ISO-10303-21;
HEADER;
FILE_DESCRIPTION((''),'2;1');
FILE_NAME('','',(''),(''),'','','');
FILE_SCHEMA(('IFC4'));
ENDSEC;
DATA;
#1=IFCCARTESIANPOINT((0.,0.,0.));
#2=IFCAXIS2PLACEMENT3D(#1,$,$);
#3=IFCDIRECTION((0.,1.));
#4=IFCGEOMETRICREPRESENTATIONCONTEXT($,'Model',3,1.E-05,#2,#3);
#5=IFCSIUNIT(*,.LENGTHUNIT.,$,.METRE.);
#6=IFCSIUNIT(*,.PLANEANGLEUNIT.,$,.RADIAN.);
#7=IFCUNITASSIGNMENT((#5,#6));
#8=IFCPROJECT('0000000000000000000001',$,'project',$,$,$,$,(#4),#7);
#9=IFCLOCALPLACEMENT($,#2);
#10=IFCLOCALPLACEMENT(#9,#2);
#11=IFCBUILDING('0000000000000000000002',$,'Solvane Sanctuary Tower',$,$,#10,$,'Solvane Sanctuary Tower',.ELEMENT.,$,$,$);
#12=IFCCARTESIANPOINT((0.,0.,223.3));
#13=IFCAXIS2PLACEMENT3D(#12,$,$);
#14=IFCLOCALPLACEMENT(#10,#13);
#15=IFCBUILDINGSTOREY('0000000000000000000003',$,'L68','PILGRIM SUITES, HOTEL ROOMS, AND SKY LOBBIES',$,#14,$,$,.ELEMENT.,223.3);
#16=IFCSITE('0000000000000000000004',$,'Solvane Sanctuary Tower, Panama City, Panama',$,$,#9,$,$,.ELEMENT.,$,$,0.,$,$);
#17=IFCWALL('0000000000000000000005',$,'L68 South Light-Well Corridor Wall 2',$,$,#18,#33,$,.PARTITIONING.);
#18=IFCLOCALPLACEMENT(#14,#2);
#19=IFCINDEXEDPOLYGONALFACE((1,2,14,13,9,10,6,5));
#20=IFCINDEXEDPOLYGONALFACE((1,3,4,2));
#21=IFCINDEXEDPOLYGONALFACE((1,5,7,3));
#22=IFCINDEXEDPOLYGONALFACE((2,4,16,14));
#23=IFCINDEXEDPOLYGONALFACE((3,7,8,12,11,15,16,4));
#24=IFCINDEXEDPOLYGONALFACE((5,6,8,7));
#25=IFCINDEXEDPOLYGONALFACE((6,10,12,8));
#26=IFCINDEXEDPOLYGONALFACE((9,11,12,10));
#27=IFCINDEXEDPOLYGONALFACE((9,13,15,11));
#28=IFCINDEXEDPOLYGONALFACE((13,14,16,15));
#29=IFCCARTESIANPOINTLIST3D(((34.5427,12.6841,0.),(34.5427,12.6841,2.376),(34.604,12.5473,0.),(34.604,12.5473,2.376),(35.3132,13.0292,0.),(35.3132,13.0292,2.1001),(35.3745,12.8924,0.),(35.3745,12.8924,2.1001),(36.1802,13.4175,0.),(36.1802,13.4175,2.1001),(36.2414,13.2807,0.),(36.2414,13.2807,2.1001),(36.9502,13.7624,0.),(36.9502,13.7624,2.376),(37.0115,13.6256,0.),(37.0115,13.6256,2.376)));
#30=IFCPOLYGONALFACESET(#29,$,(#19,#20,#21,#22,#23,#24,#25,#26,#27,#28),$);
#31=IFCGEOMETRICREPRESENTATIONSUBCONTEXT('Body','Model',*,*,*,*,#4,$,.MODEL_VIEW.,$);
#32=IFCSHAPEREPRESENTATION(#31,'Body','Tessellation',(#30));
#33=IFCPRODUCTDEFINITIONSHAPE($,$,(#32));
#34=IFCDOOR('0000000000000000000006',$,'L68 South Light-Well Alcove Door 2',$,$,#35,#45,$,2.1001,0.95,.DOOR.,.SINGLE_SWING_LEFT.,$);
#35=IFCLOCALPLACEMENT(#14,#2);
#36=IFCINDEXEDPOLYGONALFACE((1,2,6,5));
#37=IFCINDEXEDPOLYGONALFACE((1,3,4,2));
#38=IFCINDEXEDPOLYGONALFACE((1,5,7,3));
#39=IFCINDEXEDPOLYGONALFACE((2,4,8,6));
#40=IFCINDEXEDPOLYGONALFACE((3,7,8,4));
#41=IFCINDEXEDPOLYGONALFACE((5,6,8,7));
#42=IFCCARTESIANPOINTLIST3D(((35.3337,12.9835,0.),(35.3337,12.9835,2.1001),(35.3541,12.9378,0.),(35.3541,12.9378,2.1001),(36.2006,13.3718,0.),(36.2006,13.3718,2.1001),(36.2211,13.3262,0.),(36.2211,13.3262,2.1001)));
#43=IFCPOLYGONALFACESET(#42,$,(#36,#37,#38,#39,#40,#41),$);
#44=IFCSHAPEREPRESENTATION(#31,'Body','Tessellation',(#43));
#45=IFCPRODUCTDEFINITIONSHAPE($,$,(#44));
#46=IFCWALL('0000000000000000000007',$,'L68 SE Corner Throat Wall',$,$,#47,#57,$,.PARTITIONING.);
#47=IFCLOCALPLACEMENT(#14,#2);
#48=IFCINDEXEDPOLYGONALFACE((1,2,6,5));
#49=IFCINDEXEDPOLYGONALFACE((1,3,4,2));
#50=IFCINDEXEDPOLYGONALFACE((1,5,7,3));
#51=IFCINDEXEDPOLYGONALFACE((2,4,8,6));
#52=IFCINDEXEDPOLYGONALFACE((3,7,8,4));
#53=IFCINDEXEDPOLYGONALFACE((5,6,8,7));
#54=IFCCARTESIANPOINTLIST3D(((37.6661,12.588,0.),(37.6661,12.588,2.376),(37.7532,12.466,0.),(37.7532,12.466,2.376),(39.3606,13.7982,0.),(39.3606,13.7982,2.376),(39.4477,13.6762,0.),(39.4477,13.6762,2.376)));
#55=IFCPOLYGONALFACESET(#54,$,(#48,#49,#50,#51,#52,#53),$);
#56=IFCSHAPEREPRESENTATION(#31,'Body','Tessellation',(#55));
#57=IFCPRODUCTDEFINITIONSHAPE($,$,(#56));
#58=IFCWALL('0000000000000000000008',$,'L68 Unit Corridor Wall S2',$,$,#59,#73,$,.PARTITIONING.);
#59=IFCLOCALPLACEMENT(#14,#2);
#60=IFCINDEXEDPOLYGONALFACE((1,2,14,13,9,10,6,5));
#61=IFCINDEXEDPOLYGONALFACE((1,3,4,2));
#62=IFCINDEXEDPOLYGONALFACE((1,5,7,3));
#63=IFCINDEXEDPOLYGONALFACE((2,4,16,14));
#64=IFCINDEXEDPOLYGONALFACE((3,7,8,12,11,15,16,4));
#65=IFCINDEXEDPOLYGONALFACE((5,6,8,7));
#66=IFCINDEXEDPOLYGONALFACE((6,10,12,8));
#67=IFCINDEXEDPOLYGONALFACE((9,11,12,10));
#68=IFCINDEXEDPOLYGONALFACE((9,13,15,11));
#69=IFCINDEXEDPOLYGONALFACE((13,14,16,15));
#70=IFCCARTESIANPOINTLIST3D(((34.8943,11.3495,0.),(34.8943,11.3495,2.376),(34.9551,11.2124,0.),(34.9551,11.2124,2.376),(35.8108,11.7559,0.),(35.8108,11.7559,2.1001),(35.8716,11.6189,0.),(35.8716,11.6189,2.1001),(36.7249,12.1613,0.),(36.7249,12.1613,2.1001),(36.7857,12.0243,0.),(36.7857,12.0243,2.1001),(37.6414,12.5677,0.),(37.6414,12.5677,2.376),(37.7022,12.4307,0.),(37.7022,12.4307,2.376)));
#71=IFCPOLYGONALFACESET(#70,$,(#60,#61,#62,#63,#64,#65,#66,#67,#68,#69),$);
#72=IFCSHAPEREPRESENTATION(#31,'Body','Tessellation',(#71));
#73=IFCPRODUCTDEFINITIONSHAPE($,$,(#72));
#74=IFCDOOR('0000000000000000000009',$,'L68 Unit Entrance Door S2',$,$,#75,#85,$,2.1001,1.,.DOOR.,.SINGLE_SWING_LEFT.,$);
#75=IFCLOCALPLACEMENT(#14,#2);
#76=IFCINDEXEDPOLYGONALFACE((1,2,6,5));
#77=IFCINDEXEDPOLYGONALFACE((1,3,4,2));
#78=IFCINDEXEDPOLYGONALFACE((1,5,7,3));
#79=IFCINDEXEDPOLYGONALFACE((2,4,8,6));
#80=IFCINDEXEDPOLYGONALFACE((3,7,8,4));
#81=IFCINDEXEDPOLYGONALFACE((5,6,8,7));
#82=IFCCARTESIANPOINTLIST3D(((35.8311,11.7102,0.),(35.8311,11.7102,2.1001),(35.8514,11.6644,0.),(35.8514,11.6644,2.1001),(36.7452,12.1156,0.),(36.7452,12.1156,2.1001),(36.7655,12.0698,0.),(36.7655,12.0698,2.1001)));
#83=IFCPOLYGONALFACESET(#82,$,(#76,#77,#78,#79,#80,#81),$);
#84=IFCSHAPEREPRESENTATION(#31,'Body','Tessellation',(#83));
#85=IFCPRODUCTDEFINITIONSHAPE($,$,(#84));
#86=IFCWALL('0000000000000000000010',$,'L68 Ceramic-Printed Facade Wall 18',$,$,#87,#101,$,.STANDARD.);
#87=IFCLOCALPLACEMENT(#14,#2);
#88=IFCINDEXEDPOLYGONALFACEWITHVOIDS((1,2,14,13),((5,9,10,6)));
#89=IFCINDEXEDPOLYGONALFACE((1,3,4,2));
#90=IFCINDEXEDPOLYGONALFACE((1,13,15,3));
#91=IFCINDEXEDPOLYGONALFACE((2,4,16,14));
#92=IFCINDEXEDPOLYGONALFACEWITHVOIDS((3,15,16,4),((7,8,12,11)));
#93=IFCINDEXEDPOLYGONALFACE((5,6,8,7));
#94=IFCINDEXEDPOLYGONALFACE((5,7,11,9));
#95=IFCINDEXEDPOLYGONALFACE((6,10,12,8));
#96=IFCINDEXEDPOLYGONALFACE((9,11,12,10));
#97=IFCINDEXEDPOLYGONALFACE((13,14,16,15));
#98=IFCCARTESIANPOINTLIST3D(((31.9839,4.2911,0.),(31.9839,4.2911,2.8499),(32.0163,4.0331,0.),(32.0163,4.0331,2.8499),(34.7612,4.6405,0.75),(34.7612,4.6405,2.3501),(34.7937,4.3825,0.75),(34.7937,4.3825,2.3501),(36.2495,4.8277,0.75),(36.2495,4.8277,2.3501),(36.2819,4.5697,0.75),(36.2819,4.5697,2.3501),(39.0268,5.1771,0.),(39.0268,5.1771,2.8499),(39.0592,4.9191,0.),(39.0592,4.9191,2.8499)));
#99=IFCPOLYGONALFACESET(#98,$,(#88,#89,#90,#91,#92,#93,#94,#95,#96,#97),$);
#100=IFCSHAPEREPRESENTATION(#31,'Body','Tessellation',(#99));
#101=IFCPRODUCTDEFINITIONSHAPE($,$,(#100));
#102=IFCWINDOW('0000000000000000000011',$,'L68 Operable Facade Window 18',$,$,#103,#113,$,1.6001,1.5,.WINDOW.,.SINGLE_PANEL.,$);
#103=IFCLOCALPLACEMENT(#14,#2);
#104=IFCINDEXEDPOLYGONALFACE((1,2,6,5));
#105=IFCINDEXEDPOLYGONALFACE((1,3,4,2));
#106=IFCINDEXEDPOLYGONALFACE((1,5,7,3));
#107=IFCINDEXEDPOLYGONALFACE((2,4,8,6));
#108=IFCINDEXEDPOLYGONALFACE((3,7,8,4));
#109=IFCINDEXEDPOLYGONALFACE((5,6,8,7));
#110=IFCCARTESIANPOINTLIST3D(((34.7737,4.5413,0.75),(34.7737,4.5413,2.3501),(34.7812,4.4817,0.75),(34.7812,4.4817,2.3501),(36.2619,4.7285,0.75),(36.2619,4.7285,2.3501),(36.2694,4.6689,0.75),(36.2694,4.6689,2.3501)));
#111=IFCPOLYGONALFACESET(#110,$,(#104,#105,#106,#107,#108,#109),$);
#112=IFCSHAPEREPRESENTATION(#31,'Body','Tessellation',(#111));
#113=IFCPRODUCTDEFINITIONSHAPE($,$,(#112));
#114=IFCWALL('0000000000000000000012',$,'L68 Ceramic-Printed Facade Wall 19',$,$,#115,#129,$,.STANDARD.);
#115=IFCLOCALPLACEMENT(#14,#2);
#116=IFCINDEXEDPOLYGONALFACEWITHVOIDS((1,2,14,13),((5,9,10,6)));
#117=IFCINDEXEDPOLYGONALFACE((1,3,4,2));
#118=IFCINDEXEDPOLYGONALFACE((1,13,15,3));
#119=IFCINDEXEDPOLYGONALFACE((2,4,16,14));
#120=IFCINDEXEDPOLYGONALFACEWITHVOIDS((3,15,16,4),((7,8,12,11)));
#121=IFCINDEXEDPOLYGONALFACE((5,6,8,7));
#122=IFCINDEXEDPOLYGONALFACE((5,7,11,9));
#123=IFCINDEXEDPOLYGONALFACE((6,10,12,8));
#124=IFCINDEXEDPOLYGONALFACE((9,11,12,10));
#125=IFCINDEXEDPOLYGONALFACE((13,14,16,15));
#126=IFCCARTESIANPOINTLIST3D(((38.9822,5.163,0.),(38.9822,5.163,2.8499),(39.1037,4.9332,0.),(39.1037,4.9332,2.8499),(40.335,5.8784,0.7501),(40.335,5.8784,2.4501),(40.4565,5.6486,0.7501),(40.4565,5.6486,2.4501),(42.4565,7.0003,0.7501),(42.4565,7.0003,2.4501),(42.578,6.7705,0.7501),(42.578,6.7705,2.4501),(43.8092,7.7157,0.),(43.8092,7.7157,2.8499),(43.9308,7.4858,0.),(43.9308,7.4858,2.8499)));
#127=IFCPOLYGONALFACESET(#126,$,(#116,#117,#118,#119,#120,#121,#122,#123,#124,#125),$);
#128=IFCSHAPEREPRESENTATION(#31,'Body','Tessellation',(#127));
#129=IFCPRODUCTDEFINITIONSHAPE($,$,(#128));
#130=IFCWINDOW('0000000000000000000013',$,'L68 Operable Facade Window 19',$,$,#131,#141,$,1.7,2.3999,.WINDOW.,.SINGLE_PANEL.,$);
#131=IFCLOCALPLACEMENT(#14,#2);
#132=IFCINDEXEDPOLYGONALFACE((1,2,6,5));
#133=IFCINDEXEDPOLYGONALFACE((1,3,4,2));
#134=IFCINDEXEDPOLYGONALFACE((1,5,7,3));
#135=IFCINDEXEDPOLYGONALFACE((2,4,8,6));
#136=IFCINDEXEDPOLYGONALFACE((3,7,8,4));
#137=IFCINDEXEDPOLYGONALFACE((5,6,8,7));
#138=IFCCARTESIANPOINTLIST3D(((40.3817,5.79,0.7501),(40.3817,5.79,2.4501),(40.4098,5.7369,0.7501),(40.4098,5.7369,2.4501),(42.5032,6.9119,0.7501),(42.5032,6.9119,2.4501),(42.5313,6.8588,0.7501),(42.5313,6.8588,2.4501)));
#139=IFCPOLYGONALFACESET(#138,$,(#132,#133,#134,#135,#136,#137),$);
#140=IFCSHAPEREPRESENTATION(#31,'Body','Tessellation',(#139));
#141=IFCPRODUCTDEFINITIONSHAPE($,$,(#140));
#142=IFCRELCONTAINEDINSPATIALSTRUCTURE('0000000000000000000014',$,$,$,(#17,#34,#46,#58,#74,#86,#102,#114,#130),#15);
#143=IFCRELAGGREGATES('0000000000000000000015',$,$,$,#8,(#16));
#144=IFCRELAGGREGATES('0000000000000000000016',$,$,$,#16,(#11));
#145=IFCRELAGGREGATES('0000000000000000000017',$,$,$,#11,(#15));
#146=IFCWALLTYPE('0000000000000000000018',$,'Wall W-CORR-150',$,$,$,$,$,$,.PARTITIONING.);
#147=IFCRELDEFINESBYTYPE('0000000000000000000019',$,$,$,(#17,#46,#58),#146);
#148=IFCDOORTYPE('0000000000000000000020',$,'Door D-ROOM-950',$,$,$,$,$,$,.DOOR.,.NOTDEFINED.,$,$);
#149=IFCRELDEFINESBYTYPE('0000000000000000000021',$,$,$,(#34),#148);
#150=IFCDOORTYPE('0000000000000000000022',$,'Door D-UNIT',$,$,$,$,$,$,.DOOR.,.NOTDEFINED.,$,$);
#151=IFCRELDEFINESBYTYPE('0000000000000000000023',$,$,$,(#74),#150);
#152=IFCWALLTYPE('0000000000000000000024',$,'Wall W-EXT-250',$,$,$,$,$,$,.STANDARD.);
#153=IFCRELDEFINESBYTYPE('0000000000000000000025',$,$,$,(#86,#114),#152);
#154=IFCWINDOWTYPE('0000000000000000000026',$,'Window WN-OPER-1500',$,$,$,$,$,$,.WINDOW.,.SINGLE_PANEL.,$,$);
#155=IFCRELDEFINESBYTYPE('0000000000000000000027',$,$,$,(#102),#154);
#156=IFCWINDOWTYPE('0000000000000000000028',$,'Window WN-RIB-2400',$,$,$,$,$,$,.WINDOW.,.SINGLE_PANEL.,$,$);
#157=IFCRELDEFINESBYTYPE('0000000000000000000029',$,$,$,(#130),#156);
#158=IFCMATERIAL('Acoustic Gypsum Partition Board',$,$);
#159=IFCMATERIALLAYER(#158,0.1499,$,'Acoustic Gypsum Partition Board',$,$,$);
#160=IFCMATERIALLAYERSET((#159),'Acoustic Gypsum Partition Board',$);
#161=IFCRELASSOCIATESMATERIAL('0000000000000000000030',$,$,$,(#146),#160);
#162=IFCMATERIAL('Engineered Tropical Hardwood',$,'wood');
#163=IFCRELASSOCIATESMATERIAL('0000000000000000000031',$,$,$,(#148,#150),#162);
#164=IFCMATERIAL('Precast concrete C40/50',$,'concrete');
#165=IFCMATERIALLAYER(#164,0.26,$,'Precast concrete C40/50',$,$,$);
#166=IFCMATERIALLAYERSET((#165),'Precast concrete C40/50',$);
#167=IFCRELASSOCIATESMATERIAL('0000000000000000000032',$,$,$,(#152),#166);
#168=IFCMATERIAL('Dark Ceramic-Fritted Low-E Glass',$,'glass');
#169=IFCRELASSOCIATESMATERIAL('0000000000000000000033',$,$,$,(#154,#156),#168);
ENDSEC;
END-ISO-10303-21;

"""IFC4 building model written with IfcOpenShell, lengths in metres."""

from ifc_helpers import new_model, si_unit, direction, frame, frame_2d, origin, place, context, subcontext, project, spatial, rectangle, extrude, material, layer, layer_set, type_object, element, fill, save


model = new_model("IFC4")

# Units and contexts
model_context = context("Model", 3, precision=1e-05, world=origin(), true_north=direction((0.0, 1.0)))
body_context = subcontext(model_context, "Body", "Model", "MODEL_VIEW")
ifc_project = project(units=[si_unit("LENGTHUNIT", "METRE"), si_unit("PLANEANGLEUNIT", "RADIAN")], contexts=[model_context])

# Site, building, storey
site_placement = place(None, origin())
site = spatial("IfcSite", under=ifc_project, at=site_placement, Name="Solvane Sanctuary Tower, Panama City, Panama", CompositionType="ELEMENT", RefElevation=0.0)
building_placement = place(site_placement, origin())
building = spatial("IfcBuilding", under=site, at=building_placement, Name="Solvane Sanctuary Tower", LongName="Solvane Sanctuary Tower", CompositionType="ELEMENT")
storey_placement = place(building_placement, frame((0.0, 0.0, 223.3)))
storey = spatial("IfcBuildingStorey", under=building, at=storey_placement, Name="L68", Description="PILGRIM SUITES, HOTEL ROOMS, AND SKY LOBBIES", CompositionType="ELEMENT", Elevation=223.3)

# Wall, opening, door
ifc_material_1 = material(Name="Acoustic Gypsum Partition Board")
ifc_layer_1 = layer(ifc_material_1, 0.1499, Name="Acoustic Gypsum Partition Board")
ifc_layer_set_1 = layer_set([ifc_layer_1], Name="Acoustic Gypsum Partition Board")
wall_type_1 = type_object("IfcWallType", Name="Wall W-CORR-150", PredefinedType="PARTITIONING", material=ifc_layer_set_1)
wall_1_placement = place(storey_placement, frame((34.5735, 12.6157, 0.0), z_axis=(0.0, 0.0, 1.0), x_axis=(0.912628, 0.40879, 0.0)))
wall_1 = element("IfcWall", 1, at=wall_1_placement, inside=storey, type_object=wall_type_1, Name="L68 South Light-Well Corridor Wall 2", PredefinedType="PARTITIONING", context=body_context, shape_type="SweptSolid", body=[
    extrude(rectangle(XDim=2.6379, YDim=0.1499, at=frame_2d((1.3188, 0.0))), origin(), (0.0, 0.0, 1.0), 2.376),
])
opening_1_placement = place(wall_1_placement, frame((0.844, 0.0, 0.0)))
opening_1 = element("IfcOpeningElement", 2, at=opening_1_placement, cuts=wall_1, PredefinedType="OPENING", context=body_context, shape_type="SweptSolid", body=[
    extrude(rectangle(XDim=0.95, YDim=2.1001, at=frame_2d((0.4751, 1.05))), frame((0.0, 0.085, 0.0), z_axis=(0.0, -1.0, 0.0), x_axis=(1.0, 0.0, 0.0)), (0.0, 0.0, 1.0), 0.1699),
])
ifc_material_2 = material(Name="Engineered Tropical Hardwood", Category="wood")
door_type_1 = type_object("IfcDoorType", Name="Door D-ROOM-950", OperationType="NOTDEFINED", PredefinedType="DOOR", material=ifc_material_2)
door_1_placement = place(opening_1_placement, origin())
door_1 = element("IfcDoor", 3, at=door_1_placement, inside=storey, type_object=door_type_1, Name="L68 South Light-Well Alcove Door 2", OperationType="SINGLE_SWING_LEFT", OverallHeight=2.1001, OverallWidth=0.95, PredefinedType="DOOR", context=body_context, shape_type="SweptSolid", body=[
    extrude(rectangle(XDim=0.95, YDim=2.1001, at=frame_2d((0.4751, 1.05))), frame((0.0, 0.0249, 0.0), z_axis=(0.0, -1.0, 0.0), x_axis=(1.0, 0.0, 0.0)), (0.0, 0.0, 1.0), 0.05),
])
fill(opening_1, door_1)

# Wall
wall_2_placement = place(storey_placement, frame((37.7097, 12.5271, 0.0), z_axis=(0.0, 0.0, 1.0), x_axis=(0.813781, 0.581172, 0.0)))
element("IfcWall", 4, at=wall_2_placement, inside=storey, type_object=wall_type_1, Name="L68 SE Corner Throat Wall", PredefinedType="PARTITIONING", context=body_context, shape_type="SweptSolid", body=[
    extrude(rectangle(XDim=2.0823, YDim=0.1499, at=frame_2d((1.041, 0.0))), origin(), (0.0, 0.0, 1.0), 2.376),
])

# Wall, opening, door
wall_3_placement = place(storey_placement, frame((34.9248, 11.281, 0.0), z_axis=(0.0, 0.0, 1.0), x_axis=(0.91414, 0.4054, 0.0)))
wall_3 = element("IfcWall", 5, at=wall_3_placement, inside=storey, type_object=wall_type_1, Name="L68 Unit Corridor Wall S2", PredefinedType="PARTITIONING", context=body_context, shape_type="SweptSolid", body=[
    extrude(rectangle(XDim=3.0051, YDim=0.1499, at=frame_2d((1.5024, 0.0))), origin(), (0.0, 0.0, 1.0), 2.376),
])
opening_2_placement = place(wall_3_placement, frame((1.0024, 0.0, 0.0)))
opening_2 = element("IfcOpeningElement", 6, at=opening_2_placement, cuts=wall_3, PredefinedType="OPENING", context=body_context, shape_type="SweptSolid", body=[
    extrude(rectangle(XDim=1.0, YDim=2.1001, at=frame_2d((0.5, 1.05))), frame((0.0, 0.085, 0.0), z_axis=(0.0, -1.0, 0.0), x_axis=(1.0, 0.0, 0.0)), (0.0, 0.0, 1.0), 0.1699),
])
door_type_2 = type_object("IfcDoorType", Name="Door D-UNIT", OperationType="NOTDEFINED", PredefinedType="DOOR", material=ifc_material_2)
door_2_placement = place(opening_2_placement, origin())
door_2 = element("IfcDoor", 7, at=door_2_placement, inside=storey, type_object=door_type_2, Name="L68 Unit Entrance Door S2", OperationType="SINGLE_SWING_LEFT", OverallHeight=2.1001, OverallWidth=1.0, PredefinedType="DOOR", context=body_context, shape_type="SweptSolid", body=[
    extrude(rectangle(XDim=1.0, YDim=2.1001, at=frame_2d((0.5, 1.05))), frame((0.0, 0.0249, 0.0), z_axis=(0.0, -1.0, 0.0), x_axis=(1.0, 0.0, 0.0)), (0.0, 0.0, 1.0), 0.05),
])
fill(opening_2, door_2)

# Walls, openings, windows
ifc_material_3 = material(Name="Precast concrete C40/50", Category="concrete")
ifc_layer_2 = layer(ifc_material_3, 0.26, Name="Precast concrete C40/50")
ifc_layer_set_2 = layer_set([ifc_layer_2], Name="Precast concrete C40/50")
wall_type_2 = type_object("IfcWallType", Name="Wall W-EXT-250", PredefinedType="STANDARD", material=ifc_layer_set_2)
wall_4_placement = place(storey_placement, frame((32.0, 4.1621, 0.0), z_axis=(0.0, 0.0, 1.0), x_axis=(0.99218, 0.124814, 0.0)))
wall_4 = element("IfcWall", 8, at=wall_4_placement, inside=storey, type_object=wall_type_2, Name="L68 Ceramic-Printed Facade Wall 18", PredefinedType="STANDARD", context=body_context, shape_type="SweptSolid", body=[
    extrude(rectangle(XDim=7.0984, YDim=0.26, at=frame_2d((3.5493, 0.0))), origin(), (0.0, 0.0, 1.0), 2.8499),
])
opening_3_placement = place(wall_4_placement, frame((2.7993, 0.0, 0.75)))
opening_3 = element("IfcOpeningElement", 9, at=opening_3_placement, cuts=wall_4, PredefinedType="OPENING", context=body_context, shape_type="SweptSolid", body=[
    extrude(rectangle(XDim=1.5, YDim=1.6001, at=frame_2d((0.75, 0.8))), frame((0.0, 0.1399, 0.0), z_axis=(0.0, -1.0, 0.0), x_axis=(1.0, 0.0, 0.0)), (0.0, 0.0, 1.0), 0.28),
])
ifc_material_4 = material(Name="Dark Ceramic-Fritted Low-E Glass", Category="glass")
window_type_1 = type_object("IfcWindowType", Name="Window WN-OPER-1500", PartitioningType="SINGLE_PANEL", PredefinedType="WINDOW", material=ifc_material_4)
window_1_placement = place(opening_3_placement, origin())
window_1 = element("IfcWindow", 10, at=window_1_placement, inside=storey, type_object=window_type_1, Name="L68 Operable Facade Window 18", OverallHeight=1.6001, OverallWidth=1.5, PartitioningType="SINGLE_PANEL", PredefinedType="WINDOW", context=body_context, shape_type="SweptSolid", body=[
    extrude(rectangle(XDim=1.5, YDim=1.6001, at=frame_2d((0.75, 0.8))), frame((0.0, 0.03, 0.0), z_axis=(0.0, -1.0, 0.0), x_axis=(1.0, 0.0, 0.0)), (0.0, 0.0, 1.0), 0.0601),
])
fill(opening_3, window_1)
wall_5_placement = place(storey_placement, frame((39.043, 5.0481, 0.0), z_axis=(0.0, 0.0, 1.0), x_axis=(0.884001, 0.467485, 0.0)))
wall_5 = element("IfcWall", 11, at=wall_5_placement, inside=storey, type_object=wall_type_2, Name="L68 Ceramic-Printed Facade Wall 19", PredefinedType="STANDARD", context=body_context, shape_type="SweptSolid", body=[
    extrude(rectangle(XDim=5.4604, YDim=0.26, at=frame_2d((2.7302, 0.0))), origin(), (0.0, 0.0, 1.0), 2.8499),
])
opening_4_placement = place(wall_5_placement, frame((1.5303, 0.0, 0.75)))
opening_4 = element("IfcOpeningElement", 12, at=opening_4_placement, cuts=wall_5, PredefinedType="OPENING", context=body_context, shape_type="SweptSolid", body=[
    extrude(rectangle(XDim=2.3999, YDim=1.7, at=frame_2d((1.2, 0.8501))), frame((0.0, 0.1399, 0.0), z_axis=(0.0, -1.0, 0.0), x_axis=(1.0, 0.0, 0.0)), (0.0, 0.0, 1.0), 0.28),
])
window_type_2 = type_object("IfcWindowType", Name="Window WN-RIB-2400", PartitioningType="SINGLE_PANEL", PredefinedType="WINDOW", material=ifc_material_4)
window_2_placement = place(opening_4_placement, origin())
window_2 = element("IfcWindow", 13, at=window_2_placement, inside=storey, type_object=window_type_2, Name="L68 Operable Facade Window 19", OverallHeight=1.7, OverallWidth=2.3999, PartitioningType="SINGLE_PANEL", PredefinedType="WINDOW", context=body_context, shape_type="SweptSolid", body=[
    extrude(rectangle(XDim=2.3999, YDim=1.7, at=frame_2d((1.2, 0.8501))), frame((0.0, 0.03, 0.0), z_axis=(0.0, -1.0, 0.0), x_axis=(1.0, 0.0, 0.0)), (0.0, 0.0, 1.0), 0.0601),
])
fill(opening_4, window_2)

save(model, "model.ifc")
